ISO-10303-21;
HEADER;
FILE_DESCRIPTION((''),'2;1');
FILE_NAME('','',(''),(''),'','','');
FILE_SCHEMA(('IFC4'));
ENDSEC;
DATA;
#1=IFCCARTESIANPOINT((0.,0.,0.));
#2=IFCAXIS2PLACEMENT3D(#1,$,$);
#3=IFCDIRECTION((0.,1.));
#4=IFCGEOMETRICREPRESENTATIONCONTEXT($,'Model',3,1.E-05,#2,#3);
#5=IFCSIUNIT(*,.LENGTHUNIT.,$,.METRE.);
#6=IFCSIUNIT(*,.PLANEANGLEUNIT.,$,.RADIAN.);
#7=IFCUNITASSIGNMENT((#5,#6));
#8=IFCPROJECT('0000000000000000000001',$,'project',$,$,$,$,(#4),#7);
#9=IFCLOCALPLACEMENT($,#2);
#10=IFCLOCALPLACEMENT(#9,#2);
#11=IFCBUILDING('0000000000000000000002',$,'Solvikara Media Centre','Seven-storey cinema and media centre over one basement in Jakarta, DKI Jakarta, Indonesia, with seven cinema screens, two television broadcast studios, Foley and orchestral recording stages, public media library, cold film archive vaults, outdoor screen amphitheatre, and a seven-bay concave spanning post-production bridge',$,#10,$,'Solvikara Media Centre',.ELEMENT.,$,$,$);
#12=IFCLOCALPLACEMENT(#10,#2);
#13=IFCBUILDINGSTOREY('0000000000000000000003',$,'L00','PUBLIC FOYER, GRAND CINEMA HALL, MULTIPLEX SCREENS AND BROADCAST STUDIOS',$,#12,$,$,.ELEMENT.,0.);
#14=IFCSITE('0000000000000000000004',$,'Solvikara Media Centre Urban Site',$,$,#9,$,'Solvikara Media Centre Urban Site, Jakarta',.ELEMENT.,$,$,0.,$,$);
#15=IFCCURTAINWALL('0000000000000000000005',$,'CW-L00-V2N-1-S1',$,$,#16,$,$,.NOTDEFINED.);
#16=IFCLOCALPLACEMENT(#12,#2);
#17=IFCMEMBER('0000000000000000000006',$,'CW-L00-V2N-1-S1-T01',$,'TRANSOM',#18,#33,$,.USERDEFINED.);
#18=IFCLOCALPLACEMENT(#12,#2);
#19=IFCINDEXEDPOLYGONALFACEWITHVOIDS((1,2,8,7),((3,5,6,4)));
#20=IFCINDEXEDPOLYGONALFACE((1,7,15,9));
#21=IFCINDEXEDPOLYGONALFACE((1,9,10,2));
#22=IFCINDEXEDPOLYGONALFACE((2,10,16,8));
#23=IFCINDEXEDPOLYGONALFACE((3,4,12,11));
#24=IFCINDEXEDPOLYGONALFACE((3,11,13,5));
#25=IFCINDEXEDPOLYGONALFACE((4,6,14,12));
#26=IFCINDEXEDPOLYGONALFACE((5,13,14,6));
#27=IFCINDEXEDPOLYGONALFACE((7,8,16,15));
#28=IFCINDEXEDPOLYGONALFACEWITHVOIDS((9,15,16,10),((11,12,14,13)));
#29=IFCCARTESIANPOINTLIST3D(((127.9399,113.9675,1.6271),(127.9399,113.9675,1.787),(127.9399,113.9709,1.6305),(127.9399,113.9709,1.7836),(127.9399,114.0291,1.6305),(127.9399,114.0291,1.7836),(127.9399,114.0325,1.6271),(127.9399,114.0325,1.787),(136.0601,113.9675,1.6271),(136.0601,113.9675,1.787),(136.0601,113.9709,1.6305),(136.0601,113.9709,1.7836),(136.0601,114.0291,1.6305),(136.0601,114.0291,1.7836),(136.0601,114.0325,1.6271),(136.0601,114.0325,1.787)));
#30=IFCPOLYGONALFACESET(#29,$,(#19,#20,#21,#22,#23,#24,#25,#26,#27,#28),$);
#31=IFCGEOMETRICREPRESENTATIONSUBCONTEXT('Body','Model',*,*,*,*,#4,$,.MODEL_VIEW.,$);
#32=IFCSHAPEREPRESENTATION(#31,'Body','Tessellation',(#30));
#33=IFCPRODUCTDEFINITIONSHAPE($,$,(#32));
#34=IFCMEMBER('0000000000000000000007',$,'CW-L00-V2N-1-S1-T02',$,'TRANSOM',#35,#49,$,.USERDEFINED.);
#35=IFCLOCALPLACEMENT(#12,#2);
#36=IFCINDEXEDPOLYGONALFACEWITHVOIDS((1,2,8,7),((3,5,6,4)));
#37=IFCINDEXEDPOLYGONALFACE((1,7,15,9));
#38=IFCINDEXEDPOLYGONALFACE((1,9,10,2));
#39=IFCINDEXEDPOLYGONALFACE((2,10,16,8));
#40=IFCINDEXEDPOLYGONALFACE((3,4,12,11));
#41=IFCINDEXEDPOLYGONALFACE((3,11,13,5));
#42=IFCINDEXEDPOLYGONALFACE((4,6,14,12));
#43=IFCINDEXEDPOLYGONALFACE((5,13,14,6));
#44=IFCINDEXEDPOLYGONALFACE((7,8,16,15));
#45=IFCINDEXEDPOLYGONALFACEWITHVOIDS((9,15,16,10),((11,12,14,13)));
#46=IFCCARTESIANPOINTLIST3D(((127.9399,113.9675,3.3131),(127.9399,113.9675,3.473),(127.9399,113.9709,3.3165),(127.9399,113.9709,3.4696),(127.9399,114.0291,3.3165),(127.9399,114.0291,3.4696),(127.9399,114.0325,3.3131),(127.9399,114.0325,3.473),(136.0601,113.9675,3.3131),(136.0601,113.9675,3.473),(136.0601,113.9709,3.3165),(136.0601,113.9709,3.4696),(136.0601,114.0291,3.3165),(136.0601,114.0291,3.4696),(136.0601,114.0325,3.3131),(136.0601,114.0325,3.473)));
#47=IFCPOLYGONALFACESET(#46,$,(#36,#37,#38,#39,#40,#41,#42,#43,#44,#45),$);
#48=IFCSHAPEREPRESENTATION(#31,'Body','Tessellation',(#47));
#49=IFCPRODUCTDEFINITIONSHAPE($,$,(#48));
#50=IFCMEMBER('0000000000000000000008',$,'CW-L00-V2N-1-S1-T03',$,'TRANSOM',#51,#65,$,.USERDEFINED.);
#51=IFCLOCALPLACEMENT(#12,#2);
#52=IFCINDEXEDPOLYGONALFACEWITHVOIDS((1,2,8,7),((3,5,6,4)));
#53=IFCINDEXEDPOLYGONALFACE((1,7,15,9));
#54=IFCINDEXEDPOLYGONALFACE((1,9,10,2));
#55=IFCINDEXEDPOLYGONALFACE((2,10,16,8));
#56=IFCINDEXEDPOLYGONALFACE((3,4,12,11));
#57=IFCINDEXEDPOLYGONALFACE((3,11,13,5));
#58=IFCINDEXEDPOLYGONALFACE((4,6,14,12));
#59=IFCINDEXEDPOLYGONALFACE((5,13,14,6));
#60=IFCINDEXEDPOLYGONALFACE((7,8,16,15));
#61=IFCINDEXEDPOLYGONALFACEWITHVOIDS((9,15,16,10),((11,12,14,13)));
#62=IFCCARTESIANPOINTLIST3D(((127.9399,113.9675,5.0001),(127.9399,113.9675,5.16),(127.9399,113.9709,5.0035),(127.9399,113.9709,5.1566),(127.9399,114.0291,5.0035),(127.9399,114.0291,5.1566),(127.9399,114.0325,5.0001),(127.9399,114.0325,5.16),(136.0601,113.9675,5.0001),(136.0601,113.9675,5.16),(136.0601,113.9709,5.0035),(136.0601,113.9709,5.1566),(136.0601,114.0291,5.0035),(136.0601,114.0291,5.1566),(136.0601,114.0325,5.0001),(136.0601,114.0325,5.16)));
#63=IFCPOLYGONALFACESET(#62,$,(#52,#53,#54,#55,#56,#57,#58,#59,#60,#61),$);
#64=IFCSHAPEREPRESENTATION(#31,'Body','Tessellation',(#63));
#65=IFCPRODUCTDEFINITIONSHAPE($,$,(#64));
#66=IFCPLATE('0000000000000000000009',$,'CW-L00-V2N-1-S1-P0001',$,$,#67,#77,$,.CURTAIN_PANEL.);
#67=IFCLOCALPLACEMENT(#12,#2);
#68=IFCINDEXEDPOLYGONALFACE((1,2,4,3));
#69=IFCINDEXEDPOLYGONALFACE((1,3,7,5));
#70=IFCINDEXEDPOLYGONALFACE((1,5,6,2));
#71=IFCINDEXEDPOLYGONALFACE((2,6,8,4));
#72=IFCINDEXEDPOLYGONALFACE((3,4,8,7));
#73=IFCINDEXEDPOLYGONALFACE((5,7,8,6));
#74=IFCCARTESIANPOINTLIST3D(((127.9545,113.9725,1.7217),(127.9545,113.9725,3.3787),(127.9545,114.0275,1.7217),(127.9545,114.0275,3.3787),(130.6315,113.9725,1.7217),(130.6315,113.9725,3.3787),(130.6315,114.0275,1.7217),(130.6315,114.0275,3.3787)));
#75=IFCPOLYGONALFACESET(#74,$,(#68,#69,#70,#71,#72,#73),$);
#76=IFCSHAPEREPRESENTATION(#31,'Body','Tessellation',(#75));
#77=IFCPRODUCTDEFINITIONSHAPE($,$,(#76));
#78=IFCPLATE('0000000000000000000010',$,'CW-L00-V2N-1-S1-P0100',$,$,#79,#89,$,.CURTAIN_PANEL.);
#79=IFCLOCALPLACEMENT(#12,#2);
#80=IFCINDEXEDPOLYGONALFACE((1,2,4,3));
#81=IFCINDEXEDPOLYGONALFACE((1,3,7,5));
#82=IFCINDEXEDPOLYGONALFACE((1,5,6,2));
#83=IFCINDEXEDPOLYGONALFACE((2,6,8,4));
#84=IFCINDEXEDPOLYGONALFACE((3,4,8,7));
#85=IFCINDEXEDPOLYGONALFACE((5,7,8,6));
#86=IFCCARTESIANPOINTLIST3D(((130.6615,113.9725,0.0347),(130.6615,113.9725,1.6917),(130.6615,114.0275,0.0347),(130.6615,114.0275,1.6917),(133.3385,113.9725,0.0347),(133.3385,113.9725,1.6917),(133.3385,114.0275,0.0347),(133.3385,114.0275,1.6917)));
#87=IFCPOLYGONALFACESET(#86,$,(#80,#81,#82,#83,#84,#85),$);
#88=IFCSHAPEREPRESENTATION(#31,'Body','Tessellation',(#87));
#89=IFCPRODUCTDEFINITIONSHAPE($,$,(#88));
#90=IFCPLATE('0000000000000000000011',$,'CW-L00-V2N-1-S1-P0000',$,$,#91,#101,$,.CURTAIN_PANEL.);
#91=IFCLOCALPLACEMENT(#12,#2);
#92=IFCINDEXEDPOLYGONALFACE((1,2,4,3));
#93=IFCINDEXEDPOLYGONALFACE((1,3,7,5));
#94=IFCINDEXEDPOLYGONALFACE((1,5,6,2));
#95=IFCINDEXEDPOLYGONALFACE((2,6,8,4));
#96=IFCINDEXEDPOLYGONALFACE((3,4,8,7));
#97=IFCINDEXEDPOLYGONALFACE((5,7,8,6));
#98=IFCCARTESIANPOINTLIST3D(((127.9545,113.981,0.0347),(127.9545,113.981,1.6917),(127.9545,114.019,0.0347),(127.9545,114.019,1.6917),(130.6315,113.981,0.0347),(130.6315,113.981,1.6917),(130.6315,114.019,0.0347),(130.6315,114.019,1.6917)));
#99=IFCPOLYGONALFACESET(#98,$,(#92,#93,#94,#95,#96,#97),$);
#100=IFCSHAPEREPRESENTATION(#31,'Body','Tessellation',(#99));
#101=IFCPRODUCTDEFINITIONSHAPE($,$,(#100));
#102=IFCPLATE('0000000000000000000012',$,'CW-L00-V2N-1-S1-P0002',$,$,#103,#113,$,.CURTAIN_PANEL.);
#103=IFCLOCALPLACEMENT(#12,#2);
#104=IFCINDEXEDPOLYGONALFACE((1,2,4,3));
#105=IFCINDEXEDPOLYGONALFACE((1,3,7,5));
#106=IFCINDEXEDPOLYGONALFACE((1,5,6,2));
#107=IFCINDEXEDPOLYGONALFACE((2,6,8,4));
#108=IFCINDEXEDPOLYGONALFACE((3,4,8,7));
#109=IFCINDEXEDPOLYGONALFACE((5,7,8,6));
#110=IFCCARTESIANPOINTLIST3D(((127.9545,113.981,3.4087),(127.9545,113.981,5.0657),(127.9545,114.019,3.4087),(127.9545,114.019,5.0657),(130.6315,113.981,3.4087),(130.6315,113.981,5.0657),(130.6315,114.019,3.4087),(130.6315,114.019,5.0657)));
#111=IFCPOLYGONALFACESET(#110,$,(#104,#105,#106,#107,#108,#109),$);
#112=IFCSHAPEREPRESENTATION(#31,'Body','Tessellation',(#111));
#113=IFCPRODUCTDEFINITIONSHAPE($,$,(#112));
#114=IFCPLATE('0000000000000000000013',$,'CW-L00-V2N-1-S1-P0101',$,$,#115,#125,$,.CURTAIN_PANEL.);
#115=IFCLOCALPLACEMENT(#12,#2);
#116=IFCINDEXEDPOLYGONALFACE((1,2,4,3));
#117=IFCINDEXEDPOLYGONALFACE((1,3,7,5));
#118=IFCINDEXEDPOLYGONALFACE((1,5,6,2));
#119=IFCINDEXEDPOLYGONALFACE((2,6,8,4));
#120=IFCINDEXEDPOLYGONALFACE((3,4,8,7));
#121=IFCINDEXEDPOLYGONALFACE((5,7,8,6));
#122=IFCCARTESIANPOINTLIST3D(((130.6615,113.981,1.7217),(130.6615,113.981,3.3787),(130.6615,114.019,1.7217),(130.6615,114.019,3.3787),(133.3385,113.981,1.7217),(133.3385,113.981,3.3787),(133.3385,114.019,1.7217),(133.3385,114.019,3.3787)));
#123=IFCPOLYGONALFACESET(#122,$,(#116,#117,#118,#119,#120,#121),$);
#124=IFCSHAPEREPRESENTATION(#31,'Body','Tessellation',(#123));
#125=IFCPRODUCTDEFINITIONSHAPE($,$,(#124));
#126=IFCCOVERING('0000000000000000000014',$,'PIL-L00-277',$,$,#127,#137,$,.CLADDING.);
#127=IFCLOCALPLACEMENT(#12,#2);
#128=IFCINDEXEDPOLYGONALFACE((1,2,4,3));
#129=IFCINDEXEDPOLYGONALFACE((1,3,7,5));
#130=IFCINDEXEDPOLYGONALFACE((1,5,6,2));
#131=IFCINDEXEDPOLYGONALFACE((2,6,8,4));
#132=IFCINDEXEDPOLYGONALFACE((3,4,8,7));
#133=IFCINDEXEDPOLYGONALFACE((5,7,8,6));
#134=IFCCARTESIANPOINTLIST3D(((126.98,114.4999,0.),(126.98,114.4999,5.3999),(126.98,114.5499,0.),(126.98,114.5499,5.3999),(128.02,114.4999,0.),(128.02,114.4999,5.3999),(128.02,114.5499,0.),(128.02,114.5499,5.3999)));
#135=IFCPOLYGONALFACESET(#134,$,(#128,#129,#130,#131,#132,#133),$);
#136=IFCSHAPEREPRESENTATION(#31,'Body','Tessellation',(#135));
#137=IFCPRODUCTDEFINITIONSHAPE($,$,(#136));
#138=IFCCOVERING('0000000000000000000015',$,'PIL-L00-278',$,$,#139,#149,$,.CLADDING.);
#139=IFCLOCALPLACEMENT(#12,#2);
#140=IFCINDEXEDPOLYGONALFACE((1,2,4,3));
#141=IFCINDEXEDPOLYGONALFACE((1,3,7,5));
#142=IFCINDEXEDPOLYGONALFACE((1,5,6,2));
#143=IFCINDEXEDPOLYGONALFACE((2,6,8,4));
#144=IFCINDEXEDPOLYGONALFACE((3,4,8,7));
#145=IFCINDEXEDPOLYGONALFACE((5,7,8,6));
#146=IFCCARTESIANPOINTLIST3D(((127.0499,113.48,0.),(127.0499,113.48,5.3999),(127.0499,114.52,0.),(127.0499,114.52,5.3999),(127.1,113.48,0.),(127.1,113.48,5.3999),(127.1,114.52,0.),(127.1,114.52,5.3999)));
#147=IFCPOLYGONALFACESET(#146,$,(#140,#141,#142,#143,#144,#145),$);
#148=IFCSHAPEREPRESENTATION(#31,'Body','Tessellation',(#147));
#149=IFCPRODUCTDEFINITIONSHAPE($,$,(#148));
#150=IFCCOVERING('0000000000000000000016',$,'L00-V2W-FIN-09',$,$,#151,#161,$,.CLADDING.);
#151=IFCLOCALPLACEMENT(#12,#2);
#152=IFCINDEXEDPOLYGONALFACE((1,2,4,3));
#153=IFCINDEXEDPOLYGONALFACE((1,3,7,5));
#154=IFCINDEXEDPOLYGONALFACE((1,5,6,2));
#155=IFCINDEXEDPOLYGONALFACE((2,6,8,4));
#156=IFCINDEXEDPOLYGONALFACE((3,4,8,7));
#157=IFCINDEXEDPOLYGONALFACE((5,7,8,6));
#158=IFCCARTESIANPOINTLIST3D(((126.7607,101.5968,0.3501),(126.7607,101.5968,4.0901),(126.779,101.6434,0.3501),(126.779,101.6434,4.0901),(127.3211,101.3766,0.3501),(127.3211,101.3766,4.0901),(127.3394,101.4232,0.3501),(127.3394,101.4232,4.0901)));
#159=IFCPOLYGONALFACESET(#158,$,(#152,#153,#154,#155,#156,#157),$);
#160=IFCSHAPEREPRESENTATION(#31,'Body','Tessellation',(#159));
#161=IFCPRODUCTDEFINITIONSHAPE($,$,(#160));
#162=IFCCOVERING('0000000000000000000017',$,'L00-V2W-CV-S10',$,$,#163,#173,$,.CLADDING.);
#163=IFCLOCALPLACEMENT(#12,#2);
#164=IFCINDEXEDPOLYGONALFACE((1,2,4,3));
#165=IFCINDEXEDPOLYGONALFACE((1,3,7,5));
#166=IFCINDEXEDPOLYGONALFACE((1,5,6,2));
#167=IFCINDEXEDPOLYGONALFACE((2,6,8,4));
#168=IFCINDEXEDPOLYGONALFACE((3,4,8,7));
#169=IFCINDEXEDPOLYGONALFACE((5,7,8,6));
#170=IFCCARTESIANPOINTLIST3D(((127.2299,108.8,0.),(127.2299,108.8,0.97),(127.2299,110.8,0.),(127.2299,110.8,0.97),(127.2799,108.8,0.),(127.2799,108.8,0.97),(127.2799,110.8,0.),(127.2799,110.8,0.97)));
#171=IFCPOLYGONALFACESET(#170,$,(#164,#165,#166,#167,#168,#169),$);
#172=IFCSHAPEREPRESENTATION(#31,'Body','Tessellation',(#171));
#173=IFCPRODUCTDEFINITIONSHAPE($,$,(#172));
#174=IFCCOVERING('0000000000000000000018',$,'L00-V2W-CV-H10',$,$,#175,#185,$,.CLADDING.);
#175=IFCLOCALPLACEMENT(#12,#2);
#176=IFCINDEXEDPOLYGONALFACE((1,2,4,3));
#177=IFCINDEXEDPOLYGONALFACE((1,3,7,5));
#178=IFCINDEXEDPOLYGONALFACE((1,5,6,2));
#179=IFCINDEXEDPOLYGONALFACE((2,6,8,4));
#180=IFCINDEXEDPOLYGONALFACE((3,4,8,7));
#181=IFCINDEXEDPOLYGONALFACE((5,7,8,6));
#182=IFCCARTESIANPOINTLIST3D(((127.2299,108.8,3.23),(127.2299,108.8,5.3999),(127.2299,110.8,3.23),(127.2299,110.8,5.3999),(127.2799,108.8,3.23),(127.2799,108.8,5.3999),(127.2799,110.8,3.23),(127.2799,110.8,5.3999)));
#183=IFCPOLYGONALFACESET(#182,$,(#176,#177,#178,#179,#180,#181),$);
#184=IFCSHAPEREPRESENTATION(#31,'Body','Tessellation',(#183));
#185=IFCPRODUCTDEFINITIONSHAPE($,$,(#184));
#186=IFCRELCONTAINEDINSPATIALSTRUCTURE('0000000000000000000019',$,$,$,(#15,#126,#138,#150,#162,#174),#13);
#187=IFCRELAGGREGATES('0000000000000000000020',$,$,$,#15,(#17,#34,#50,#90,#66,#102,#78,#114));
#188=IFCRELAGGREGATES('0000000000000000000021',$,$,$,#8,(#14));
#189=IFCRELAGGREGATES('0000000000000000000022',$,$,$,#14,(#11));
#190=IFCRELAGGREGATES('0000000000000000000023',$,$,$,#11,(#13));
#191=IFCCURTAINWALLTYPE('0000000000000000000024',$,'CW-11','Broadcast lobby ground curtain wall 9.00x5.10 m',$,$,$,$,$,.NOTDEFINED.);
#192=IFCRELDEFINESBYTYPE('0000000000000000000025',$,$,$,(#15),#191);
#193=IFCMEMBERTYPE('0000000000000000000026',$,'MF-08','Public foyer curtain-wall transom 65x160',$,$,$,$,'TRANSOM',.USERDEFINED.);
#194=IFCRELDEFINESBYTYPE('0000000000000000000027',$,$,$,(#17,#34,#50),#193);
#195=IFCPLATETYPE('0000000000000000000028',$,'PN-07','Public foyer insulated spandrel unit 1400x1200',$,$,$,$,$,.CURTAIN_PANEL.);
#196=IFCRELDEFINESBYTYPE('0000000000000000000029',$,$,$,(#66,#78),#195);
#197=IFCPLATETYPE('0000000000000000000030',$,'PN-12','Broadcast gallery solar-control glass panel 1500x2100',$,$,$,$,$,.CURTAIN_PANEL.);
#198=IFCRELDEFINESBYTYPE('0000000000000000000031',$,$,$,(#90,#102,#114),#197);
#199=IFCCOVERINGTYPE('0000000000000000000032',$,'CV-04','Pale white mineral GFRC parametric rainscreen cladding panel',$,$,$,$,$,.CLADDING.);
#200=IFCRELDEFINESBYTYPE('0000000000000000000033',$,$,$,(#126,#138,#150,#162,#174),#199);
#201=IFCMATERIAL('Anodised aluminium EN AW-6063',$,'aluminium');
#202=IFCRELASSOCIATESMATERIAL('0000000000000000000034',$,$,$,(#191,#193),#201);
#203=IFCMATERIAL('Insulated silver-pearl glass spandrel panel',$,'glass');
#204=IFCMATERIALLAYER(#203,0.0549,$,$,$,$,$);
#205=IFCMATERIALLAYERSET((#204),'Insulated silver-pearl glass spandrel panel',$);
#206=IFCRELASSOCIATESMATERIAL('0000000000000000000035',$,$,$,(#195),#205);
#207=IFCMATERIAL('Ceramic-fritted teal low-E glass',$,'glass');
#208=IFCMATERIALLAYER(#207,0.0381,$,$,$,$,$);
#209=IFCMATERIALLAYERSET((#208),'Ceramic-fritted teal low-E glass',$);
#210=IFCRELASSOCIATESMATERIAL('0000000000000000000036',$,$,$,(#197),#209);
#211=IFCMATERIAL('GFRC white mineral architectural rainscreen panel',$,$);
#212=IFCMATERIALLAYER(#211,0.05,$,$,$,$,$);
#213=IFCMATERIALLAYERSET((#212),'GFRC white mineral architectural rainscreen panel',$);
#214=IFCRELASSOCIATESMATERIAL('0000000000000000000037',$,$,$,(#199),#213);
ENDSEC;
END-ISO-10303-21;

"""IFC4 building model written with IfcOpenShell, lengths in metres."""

from ifc_helpers import new_model, si_unit, direction, frame, origin, origin_2d, place, context, subcontext, project, spatial, rectangle, hollow_rectangle, extrude, material, layer, layer_set, material_profile, profile_set, type_object, element, aggregate, save


model = new_model("IFC4")

# Units and contexts
model_context = context("Model", 3, precision=1e-05, world=origin(), true_north=direction((0.0, 1.0)))
body_context = subcontext(model_context, "Body", "Model", "MODEL_VIEW")
ifc_project = project(units=[si_unit("LENGTHUNIT", "METRE"), si_unit("PLANEANGLEUNIT", "RADIAN")], contexts=[model_context])

# Site, building, storey
site_placement = place(None, origin())
site = spatial("IfcSite", under=ifc_project, at=site_placement, Name="Solvikara Media Centre Urban Site", LongName="Solvikara Media Centre Urban Site, Jakarta", CompositionType="ELEMENT", RefElevation=0.0)
building_placement = place(site_placement, origin())
building = spatial("IfcBuilding", under=site, at=building_placement, Name="Solvikara Media Centre", Description="Seven-storey cinema and media centre over one basement in Jakarta, DKI Jakarta, Indonesia, with seven cinema screens, two television broadcast studios, Foley and orchestral recording stages, public media library, cold film archive vaults, outdoor screen amphitheatre, and a seven-bay concave spanning post-production bridge", LongName="Solvikara Media Centre", CompositionType="ELEMENT")
storey_placement = place(building_placement, origin())
storey = spatial("IfcBuildingStorey", under=building, at=storey_placement, Name="L00", Description="PUBLIC FOYER, GRAND CINEMA HALL, MULTIPLEX SCREENS AND BROADCAST STUDIOS", CompositionType="ELEMENT", Elevation=0.0)

# Curtain wall, members, plates
ifc_material_1 = material(Name="Anodised aluminium EN AW-6063", Category="aluminium")
curtain_wall_type = type_object("IfcCurtainWallType", Name="CW-11", Description="Broadcast lobby ground curtain wall 9.00x5.10 m", PredefinedType="NOTDEFINED", material=ifc_material_1)
curtain_wall_placement = place(storey_placement, origin())
curtain_wall = element("IfcCurtainWall", 1, at=curtain_wall_placement, inside=storey, type_object=curtain_wall_type, Name="CW-L00-V2N-1-S1", PredefinedType="NOTDEFINED")
ifc_material_profile_1 = material_profile(ifc_material_1, hollow_rectangle(XDim=0.0649, YDim=0.1599, WallThickness=0.0034, at=origin_2d()), Name="ALU-T 65x160x3.5")
ifc_profile_set_1 = profile_set([ifc_material_profile_1], Name="Anodised aluminium EN AW-6063")
member_type_1 = type_object("IfcMemberType", Name="MF-08", Description="Public foyer curtain-wall transom 65x160", ElementType="TRANSOM", PredefinedType="USERDEFINED", material=ifc_profile_set_1)
member_1_placement = place(storey_placement, frame((127.9399, 114.0, 1.707), z_axis=(1.0, 0.0, 0.0), x_axis=(0.0, 1.0, 0.0)))
member_1 = element("IfcMember", 2, at=member_1_placement, type_object=member_type_1, Name="CW-L00-V2N-1-S1-T01", ObjectType="TRANSOM", PredefinedType="USERDEFINED", context=body_context, shape_type="SweptSolid", body=[
    extrude(hollow_rectangle(XDim=0.0649, YDim=0.1599, WallThickness=0.0034, at=origin_2d()), origin(), (0.0, 0.0, 1.0), 8.1201),
])
member_2_placement = place(storey_placement, frame((127.9399, 114.0, 3.3931), z_axis=(1.0, 0.0, 0.0), x_axis=(0.0, 1.0, 0.0)))
member_2 = element("IfcMember", 3, at=member_2_placement, type_object=member_type_1, Name="CW-L00-V2N-1-S1-T02", ObjectType="TRANSOM", PredefinedType="USERDEFINED", context=body_context, shape_type="SweptSolid", body=[
    extrude(hollow_rectangle(XDim=0.0649, YDim=0.1599, WallThickness=0.0034, at=origin_2d()), origin(), (0.0, 0.0, 1.0), 8.1201),
])
member_3_placement = place(storey_placement, frame((127.9399, 114.0, 5.0801), z_axis=(1.0, 0.0, 0.0), x_axis=(0.0, 1.0, 0.0)))
member_3 = element("IfcMember", 4, at=member_3_placement, type_object=member_type_1, Name="CW-L00-V2N-1-S1-T03", ObjectType="TRANSOM", PredefinedType="USERDEFINED", context=body_context, shape_type="SweptSolid", body=[
    extrude(hollow_rectangle(XDim=0.0649, YDim=0.1599, WallThickness=0.0034, at=origin_2d()), origin(), (0.0, 0.0, 1.0), 8.1201),
])
ifc_material_2 = material(Name="Insulated silver-pearl glass spandrel panel", Category="glass")
ifc_layer_1 = layer(ifc_material_2, 0.0549)
ifc_layer_set_1 = layer_set([ifc_layer_1], Name="Insulated silver-pearl glass spandrel panel")
plate_type_1 = type_object("IfcPlateType", Name="PN-07", Description="Public foyer insulated spandrel unit 1400x1200", PredefinedType="CURTAIN_PANEL", material=ifc_layer_set_1)
plate_1_placement = place(storey_placement, frame((129.293, 114.0, 1.7217), z_axis=(0.0, 0.0, 1.0), x_axis=(1.0, 0.0, 0.0)))
plate_1 = element("IfcPlate", 5, at=plate_1_placement, type_object=plate_type_1, Name="CW-L00-V2N-1-S1-P0001", PredefinedType="CURTAIN_PANEL", context=body_context, shape_type="SweptSolid", body=[
    extrude(rectangle(XDim=2.677, YDim=0.0549, at=origin_2d()), origin(), (0.0, 0.0, 1.0), 1.657),
])
plate_2_placement = place(storey_placement, frame((132.0, 114.0, 0.0347), z_axis=(0.0, 0.0, 1.0), x_axis=(1.0, 0.0, 0.0)))
plate_2 = element("IfcPlate", 6, at=plate_2_placement, type_object=plate_type_1, Name="CW-L00-V2N-1-S1-P0100", PredefinedType="CURTAIN_PANEL", context=body_context, shape_type="SweptSolid", body=[
    extrude(rectangle(XDim=2.677, YDim=0.0549, at=origin_2d()), origin(), (0.0, 0.0, 1.0), 1.657),
])
ifc_material_3 = material(Name="Ceramic-fritted teal low-E glass", Category="glass")
ifc_layer_2 = layer(ifc_material_3, 0.0381)
ifc_layer_set_2 = layer_set([ifc_layer_2], Name="Ceramic-fritted teal low-E glass")
plate_type_2 = type_object("IfcPlateType", Name="PN-12", Description="Broadcast gallery solar-control glass panel 1500x2100", PredefinedType="CURTAIN_PANEL", material=ifc_layer_set_2)
plate_3_placement = place(storey_placement, frame((129.293, 114.0, 0.0347), z_axis=(0.0, 0.0, 1.0), x_axis=(1.0, 0.0, 0.0)))
plate_3 = element("IfcPlate", 7, at=plate_3_placement, type_object=plate_type_2, Name="CW-L00-V2N-1-S1-P0000", PredefinedType="CURTAIN_PANEL", context=body_context, shape_type="SweptSolid", body=[
    extrude(rectangle(XDim=2.677, YDim=0.0381, at=origin_2d()), origin(), (0.0, 0.0, 1.0), 1.657),
])
plate_4_placement = place(storey_placement, frame((129.293, 114.0, 3.4087), z_axis=(0.0, 0.0, 1.0), x_axis=(1.0, 0.0, 0.0)))
plate_4 = element("IfcPlate", 8, at=plate_4_placement, type_object=plate_type_2, Name="CW-L00-V2N-1-S1-P0002", PredefinedType="CURTAIN_PANEL", context=body_context, shape_type="SweptSolid", body=[
    extrude(rectangle(XDim=2.677, YDim=0.0381, at=origin_2d()), origin(), (0.0, 0.0, 1.0), 1.657),
])
plate_5_placement = place(storey_placement, frame((132.0, 114.0, 1.7217), z_axis=(0.0, 0.0, 1.0), x_axis=(1.0, 0.0, 0.0)))
plate_5 = element("IfcPlate", 9, at=plate_5_placement, type_object=plate_type_2, Name="CW-L00-V2N-1-S1-P0101", PredefinedType="CURTAIN_PANEL", context=body_context, shape_type="SweptSolid", body=[
    extrude(rectangle(XDim=2.677, YDim=0.0381, at=origin_2d()), origin(), (0.0, 0.0, 1.0), 1.657),
])
aggregate(curtain_wall, [member_1, member_2, member_3, plate_3, plate_1, plate_4, plate_2, plate_5])

# Coverings
ifc_material_4 = material(Name="GFRC white mineral architectural rainscreen panel")
ifc_layer_3 = layer(ifc_material_4, 0.05)
ifc_layer_set_3 = layer_set([ifc_layer_3], Name="GFRC white mineral architectural rainscreen panel")
covering_type = type_object("IfcCoveringType", Name="CV-04", Description="Pale white mineral GFRC parametric rainscreen cladding panel", PredefinedType="CLADDING", material=ifc_layer_set_3)
for number, where, z_axis, x_axis, name in (
    (10, (127.5, 114.5249, 0.0), (0.0, 0.0, 1.0), (-1.0, 0.0, 0.0), "PIL-L00-277"),
    (11, (127.075, 114.0, 0.0), (0.0, 0.0, 1.0), (0.0, -1.0, 0.0), "PIL-L00-278"),
):
    element("IfcCovering", number, at=place(storey_placement, frame(where, z_axis=z_axis, x_axis=x_axis)), inside=storey, type_object=covering_type, Name=name, PredefinedType="CLADDING", context=body_context, shape_type="SweptSolid", body=[
        extrude(rectangle(XDim=1.04, YDim=0.05, at=origin_2d()), origin(), (0.0, 0.0, 1.0), 5.3999),
    ])
covering_1_placement = place(storey_placement, frame((127.05, 101.51, 0.3501), z_axis=(0.0, 0.0, 1.0), x_axis=(-0.93075, 0.365657, 0.0)))
element("IfcCovering", 12, at=covering_1_placement, inside=storey, type_object=covering_type, Name="L00-V2W-FIN-09", PredefinedType="CLADDING", context=body_context, shape_type="SweptSolid", body=[
    extrude(rectangle(XDim=0.6021, YDim=0.05, at=origin_2d()), origin(), (0.0, 0.0, 1.0), 3.74),
])
covering_2_placement = place(storey_placement, frame((127.2549, 109.8, 0.0), z_axis=(0.0, 0.0, 1.0), x_axis=(0.0, 1.0, 0.0)))
element("IfcCovering", 13, at=covering_2_placement, inside=storey, type_object=covering_type, Name="L00-V2W-CV-S10", PredefinedType="CLADDING", context=body_context, shape_type="SweptSolid", body=[
    extrude(rectangle(XDim=2.0, YDim=0.05, at=origin_2d()), origin(), (0.0, 0.0, 1.0), 0.97),
])
covering_3_placement = place(storey_placement, frame((127.2549, 109.8, 3.23), z_axis=(0.0, 0.0, 1.0), x_axis=(0.0, 1.0, 0.0)))
element("IfcCovering", 14, at=covering_3_placement, inside=storey, type_object=covering_type, Name="L00-V2W-CV-H10", PredefinedType="CLADDING", context=body_context, shape_type="SweptSolid", body=[
    extrude(rectangle(XDim=2.0, YDim=0.05, at=origin_2d()), origin(), (0.0, 0.0, 1.0), 2.1699),
])

save(model, "model.ifc")
